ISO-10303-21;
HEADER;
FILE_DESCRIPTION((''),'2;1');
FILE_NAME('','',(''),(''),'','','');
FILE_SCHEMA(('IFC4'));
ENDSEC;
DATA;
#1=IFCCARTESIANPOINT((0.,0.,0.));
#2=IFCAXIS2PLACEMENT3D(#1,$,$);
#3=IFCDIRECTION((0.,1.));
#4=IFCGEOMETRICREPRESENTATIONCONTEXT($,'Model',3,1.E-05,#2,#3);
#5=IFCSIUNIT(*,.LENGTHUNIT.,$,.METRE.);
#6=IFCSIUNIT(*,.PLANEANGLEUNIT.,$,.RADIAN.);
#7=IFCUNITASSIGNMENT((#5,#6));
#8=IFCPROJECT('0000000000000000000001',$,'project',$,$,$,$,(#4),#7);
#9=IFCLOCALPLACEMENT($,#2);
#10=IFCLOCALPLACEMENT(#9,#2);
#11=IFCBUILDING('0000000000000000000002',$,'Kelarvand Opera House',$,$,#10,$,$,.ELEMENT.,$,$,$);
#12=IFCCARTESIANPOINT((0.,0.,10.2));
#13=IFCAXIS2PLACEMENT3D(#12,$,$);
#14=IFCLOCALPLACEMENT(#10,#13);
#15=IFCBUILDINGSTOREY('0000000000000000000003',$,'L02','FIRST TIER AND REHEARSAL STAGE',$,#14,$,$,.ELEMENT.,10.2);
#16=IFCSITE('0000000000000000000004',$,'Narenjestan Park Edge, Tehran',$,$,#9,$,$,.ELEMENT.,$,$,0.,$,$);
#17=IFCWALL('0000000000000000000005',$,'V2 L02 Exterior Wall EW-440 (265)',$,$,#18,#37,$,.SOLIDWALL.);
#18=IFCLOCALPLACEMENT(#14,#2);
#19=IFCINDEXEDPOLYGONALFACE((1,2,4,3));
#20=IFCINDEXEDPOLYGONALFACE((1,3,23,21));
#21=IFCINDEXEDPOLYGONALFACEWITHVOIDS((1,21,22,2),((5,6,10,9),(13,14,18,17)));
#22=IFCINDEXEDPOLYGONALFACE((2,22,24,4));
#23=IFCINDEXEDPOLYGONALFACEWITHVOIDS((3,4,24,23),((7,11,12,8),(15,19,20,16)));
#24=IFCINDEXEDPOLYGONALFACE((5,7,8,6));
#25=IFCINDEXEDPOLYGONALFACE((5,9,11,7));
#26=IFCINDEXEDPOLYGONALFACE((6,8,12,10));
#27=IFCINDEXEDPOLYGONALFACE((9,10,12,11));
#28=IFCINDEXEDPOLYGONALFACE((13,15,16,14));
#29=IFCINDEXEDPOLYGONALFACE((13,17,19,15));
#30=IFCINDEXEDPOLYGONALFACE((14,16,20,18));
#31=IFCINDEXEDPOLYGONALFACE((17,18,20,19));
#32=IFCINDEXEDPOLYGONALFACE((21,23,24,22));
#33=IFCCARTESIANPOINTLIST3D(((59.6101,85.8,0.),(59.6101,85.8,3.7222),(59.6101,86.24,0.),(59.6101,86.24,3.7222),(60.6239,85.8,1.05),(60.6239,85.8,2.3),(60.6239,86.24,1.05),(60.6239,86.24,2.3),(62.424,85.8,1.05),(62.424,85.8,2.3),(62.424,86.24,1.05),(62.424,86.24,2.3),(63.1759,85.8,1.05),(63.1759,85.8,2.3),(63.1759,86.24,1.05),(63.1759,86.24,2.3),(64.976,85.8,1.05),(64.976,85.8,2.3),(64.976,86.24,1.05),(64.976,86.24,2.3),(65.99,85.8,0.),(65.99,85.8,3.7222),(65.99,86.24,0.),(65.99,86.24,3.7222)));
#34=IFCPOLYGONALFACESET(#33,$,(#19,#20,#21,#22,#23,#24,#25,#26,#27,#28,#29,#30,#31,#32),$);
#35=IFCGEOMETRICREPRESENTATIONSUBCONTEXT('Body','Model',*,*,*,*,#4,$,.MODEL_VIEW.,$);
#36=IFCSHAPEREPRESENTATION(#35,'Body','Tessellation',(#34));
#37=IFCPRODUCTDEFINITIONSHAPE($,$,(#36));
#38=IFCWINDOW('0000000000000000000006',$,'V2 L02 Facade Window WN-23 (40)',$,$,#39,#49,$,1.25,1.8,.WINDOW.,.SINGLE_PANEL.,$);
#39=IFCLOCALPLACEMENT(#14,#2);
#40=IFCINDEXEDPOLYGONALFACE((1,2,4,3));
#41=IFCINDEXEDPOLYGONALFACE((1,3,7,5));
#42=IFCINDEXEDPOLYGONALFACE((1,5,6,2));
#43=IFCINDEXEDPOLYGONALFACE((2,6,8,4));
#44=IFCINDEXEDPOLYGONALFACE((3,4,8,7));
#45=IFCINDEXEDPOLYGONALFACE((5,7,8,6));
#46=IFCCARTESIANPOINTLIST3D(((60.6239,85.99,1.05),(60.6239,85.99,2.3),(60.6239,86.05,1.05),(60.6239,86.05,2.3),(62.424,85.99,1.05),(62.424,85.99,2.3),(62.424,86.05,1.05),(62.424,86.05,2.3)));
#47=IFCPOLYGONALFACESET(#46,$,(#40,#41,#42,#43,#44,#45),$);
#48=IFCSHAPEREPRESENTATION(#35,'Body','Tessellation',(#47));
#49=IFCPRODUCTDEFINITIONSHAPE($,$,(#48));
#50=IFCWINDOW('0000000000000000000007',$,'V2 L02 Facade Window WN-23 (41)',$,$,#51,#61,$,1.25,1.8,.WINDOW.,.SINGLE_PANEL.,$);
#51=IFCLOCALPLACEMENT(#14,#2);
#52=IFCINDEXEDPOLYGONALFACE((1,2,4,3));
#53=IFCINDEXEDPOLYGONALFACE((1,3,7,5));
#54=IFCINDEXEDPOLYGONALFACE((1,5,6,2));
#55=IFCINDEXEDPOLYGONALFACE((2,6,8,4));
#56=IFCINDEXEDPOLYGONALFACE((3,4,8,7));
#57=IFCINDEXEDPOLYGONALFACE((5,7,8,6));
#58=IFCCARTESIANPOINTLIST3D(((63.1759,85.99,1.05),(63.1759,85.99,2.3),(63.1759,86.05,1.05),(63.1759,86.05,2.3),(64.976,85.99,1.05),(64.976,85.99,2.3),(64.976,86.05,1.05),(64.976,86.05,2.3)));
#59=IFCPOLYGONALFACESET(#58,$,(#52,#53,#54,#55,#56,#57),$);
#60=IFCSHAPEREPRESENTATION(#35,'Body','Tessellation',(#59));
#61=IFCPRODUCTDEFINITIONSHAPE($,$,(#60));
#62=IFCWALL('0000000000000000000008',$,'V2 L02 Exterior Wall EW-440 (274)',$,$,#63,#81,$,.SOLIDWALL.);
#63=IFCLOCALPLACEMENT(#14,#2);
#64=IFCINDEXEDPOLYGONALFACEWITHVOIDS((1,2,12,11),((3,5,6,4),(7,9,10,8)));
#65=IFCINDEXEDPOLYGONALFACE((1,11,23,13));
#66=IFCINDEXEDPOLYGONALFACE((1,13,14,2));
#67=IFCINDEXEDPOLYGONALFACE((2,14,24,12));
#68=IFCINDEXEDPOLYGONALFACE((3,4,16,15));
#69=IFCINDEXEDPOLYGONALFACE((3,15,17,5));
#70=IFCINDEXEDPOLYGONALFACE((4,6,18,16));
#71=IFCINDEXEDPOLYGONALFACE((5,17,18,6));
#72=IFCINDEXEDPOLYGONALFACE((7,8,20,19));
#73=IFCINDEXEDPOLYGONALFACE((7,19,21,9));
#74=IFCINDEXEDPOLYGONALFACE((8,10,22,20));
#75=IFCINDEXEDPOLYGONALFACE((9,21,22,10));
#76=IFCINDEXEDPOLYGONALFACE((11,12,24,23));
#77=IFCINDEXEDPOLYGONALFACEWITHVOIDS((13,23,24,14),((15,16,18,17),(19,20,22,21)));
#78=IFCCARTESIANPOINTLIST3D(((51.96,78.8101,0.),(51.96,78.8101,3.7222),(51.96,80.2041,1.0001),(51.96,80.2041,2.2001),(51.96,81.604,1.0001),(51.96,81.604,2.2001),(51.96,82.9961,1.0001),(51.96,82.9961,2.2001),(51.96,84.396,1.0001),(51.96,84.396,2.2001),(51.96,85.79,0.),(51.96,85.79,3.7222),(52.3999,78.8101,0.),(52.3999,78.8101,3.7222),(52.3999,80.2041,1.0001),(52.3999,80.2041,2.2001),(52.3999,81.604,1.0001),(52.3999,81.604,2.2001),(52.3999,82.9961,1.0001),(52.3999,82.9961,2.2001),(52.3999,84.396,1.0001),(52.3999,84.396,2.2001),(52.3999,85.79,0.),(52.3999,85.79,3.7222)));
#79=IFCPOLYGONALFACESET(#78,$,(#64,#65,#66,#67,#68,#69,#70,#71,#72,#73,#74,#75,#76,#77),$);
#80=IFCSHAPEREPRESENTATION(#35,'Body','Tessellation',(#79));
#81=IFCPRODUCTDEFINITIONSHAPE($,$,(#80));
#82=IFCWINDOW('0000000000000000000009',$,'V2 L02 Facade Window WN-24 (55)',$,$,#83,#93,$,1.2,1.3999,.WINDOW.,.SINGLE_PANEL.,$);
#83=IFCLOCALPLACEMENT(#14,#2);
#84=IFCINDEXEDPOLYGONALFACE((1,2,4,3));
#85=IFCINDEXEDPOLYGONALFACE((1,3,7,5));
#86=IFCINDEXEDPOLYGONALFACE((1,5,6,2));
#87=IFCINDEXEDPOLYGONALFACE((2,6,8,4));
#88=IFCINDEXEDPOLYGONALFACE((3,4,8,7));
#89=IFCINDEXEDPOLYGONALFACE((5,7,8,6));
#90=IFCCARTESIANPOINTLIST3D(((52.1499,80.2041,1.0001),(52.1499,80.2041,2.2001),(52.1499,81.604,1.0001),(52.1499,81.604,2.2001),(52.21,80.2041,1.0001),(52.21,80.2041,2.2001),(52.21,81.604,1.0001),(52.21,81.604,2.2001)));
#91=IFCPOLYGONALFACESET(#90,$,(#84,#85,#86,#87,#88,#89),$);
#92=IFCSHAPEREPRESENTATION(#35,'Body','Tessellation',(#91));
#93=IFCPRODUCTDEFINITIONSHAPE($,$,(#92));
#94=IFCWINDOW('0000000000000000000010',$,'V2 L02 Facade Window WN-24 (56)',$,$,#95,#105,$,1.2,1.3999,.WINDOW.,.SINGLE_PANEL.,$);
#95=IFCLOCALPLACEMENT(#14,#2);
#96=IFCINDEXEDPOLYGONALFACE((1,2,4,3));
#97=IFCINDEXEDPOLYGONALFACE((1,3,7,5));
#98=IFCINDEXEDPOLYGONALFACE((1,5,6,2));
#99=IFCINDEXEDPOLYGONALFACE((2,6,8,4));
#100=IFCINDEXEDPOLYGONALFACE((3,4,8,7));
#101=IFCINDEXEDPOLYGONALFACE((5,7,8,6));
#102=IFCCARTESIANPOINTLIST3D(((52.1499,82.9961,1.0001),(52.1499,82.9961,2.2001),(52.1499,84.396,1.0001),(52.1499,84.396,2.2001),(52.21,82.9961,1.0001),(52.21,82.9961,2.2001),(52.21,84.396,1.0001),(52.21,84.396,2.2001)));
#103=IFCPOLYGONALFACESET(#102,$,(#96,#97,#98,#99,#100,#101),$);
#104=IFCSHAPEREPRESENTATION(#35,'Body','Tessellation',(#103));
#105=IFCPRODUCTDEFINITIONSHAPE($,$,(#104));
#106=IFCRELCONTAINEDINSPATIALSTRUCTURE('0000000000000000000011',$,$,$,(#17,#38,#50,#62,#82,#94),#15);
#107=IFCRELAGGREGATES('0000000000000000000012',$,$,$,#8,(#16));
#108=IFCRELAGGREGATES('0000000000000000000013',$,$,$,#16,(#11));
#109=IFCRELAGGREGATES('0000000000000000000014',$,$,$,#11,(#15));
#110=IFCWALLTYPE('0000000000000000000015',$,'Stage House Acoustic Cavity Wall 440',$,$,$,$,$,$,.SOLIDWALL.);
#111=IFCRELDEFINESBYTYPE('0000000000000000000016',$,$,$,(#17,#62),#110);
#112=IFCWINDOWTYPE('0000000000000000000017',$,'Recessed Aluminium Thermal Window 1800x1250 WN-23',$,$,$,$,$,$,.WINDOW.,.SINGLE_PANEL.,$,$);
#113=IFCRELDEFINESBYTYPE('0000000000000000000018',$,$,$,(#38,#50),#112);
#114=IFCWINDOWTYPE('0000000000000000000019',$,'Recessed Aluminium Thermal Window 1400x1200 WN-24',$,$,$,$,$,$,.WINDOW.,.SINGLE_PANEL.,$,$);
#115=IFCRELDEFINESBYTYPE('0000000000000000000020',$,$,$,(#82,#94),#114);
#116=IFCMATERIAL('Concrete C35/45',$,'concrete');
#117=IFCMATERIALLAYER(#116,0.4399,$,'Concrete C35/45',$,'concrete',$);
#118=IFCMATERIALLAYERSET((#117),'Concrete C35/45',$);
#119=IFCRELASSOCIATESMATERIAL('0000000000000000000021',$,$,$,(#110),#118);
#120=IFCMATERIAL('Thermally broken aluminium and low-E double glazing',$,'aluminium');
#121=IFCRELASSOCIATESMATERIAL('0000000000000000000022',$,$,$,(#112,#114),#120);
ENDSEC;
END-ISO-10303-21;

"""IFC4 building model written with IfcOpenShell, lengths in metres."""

from ifc_helpers import new_model, si_unit, direction, frame, frame_2d, origin, place, context, subcontext, project, spatial, rectangle, extrude, material, layer, layer_set, type_object, element, fill, save


model = new_model("IFC4")

# Units and contexts
model_context = context("Model", 3, precision=1e-05, world=origin(), true_north=direction((0.0, 1.0)))
body_context = subcontext(model_context, "Body", "Model", "MODEL_VIEW")
ifc_project = project(units=[si_unit("LENGTHUNIT", "METRE"), si_unit("PLANEANGLEUNIT", "RADIAN")], contexts=[model_context])

# Site, building, storey
site_placement = place(None, origin())
site = spatial("IfcSite", under=ifc_project, at=site_placement, Name="Narenjestan Park Edge, Tehran", CompositionType="ELEMENT", RefElevation=0.0)
building_placement = place(site_placement, origin())
building = spatial("IfcBuilding", under=site, at=building_placement, Name="Kelarvand Opera House", CompositionType="ELEMENT")
storey_placement = place(building_placement, frame((0.0, 0.0, 10.2)))
storey = spatial("IfcBuildingStorey", under=building, at=storey_placement, Name="L02", Description="FIRST TIER AND REHEARSAL STAGE", CompositionType="ELEMENT", Elevation=10.2)

# Walls, openings, windows
ifc_material_1 = material(Name="Concrete C35/45", Category="concrete")
ifc_layer = layer(ifc_material_1, 0.4399, Name="Concrete C35/45", Category="concrete")
ifc_layer_set = layer_set([ifc_layer], Name="Concrete C35/45")
wall_type = type_object("IfcWallType", Name="Stage House Acoustic Cavity Wall 440", PredefinedType="SOLIDWALL", material=ifc_layer_set)
ifc_material_2 = material(Name="Thermally broken aluminium and low-E double glazing", Category="aluminium")
window_type_1 = type_object("IfcWindowType", Name="Recessed Aluminium Thermal Window 1800x1250 WN-23", PartitioningType="SINGLE_PANEL", PredefinedType="WINDOW", material=ifc_material_2)
wall_1_placement = place(storey_placement, frame((59.6101, 86.02, 0.0), z_axis=(0.0, 0.0, 1.0), x_axis=(1.0, 0.0, 0.0)))
wall_1 = element("IfcWall", 1, at=wall_1_placement, inside=storey, type_object=wall_type, Name="V2 L02 Exterior Wall EW-440 (265)", PredefinedType="SOLIDWALL", context=body_context, shape_type="SweptSolid", body=[
    extrude(rectangle(XDim=6.3799, YDim=0.4399, at=frame_2d((3.1899, 0.0))), origin(), (0.0, 0.0, 1.0), 3.7222),
])
opening_1_placement = place(wall_1_placement, frame((1.0139, 0.0, 1.05)))
opening_1 = element("IfcOpeningElement", 2, at=opening_1_placement, cuts=wall_1, PredefinedType="OPENING", context=body_context, shape_type="SweptSolid", body=[
    extrude(rectangle(XDim=1.8, YDim=1.25, at=frame_2d((0.8999, 0.625))), frame((0.0, 0.23, 0.0), z_axis=(0.0, -1.0, 0.0), x_axis=(1.0, 0.0, 0.0)), (0.0, 0.0, 1.0), 0.46),
])
opening_2_placement = place(wall_1_placement, frame((3.5659, 0.0, 1.05)))
opening_2 = element("IfcOpeningElement", 3, at=opening_2_placement, cuts=wall_1, PredefinedType="OPENING", context=body_context, shape_type="SweptSolid", body=[
    extrude(rectangle(XDim=1.8, YDim=1.25, at=frame_2d((0.8999, 0.625))), frame((0.0, 0.23, 0.0), z_axis=(0.0, -1.0, 0.0), x_axis=(1.0, 0.0, 0.0)), (0.0, 0.0, 1.0), 0.46),
])
window_1_placement = place(opening_1_placement, origin())
window_1 = element("IfcWindow", 4, at=window_1_placement, inside=storey, type_object=window_type_1, Name="V2 L02 Facade Window WN-23 (40)", OverallHeight=1.25, OverallWidth=1.8, PartitioningType="SINGLE_PANEL", PredefinedType="WINDOW", context=body_context, shape_type="SweptSolid", body=[
    extrude(rectangle(XDim=1.8, YDim=1.25, at=frame_2d((0.8999, 0.625))), frame((0.0, 0.03, 0.0), z_axis=(0.0, -1.0, 0.0), x_axis=(1.0, 0.0, 0.0)), (0.0, 0.0, 1.0), 0.0601),
])
fill(opening_1, window_1)
window_2_placement = place(opening_2_placement, origin())
window_2 = element("IfcWindow", 5, at=window_2_placement, inside=storey, type_object=window_type_1, Name="V2 L02 Facade Window WN-23 (41)", OverallHeight=1.25, OverallWidth=1.8, PartitioningType="SINGLE_PANEL", PredefinedType="WINDOW", context=body_context, shape_type="SweptSolid", body=[
    extrude(rectangle(XDim=1.8, YDim=1.25, at=frame_2d((0.8999, 0.625))), frame((0.0, 0.03, 0.0), z_axis=(0.0, -1.0, 0.0), x_axis=(1.0, 0.0, 0.0)), (0.0, 0.0, 1.0), 0.0601),
])
fill(opening_2, window_2)
wall_2_placement = place(storey_placement, frame((52.1799, 78.8101, 0.0), z_axis=(0.0, 0.0, 1.0), x_axis=(0.0, 1.0, 0.0)))
wall_2 = element("IfcWall", 6, at=wall_2_placement, inside=storey, type_object=wall_type, Name="V2 L02 Exterior Wall EW-440 (274)", PredefinedType="SOLIDWALL", context=body_context, shape_type="SweptSolid", body=[
    extrude(rectangle(XDim=6.98, YDim=0.4399, at=frame_2d((3.49, 0.0))), origin(), (0.0, 0.0, 1.0), 3.7222),
])
opening_3_placement = place(wall_2_placement, frame((1.394, 0.0, 1.0)))
opening_3 = element("IfcOpeningElement", 7, at=opening_3_placement, cuts=wall_2, PredefinedType="OPENING", context=body_context, shape_type="SweptSolid", body=[
    extrude(rectangle(XDim=1.3999, YDim=1.2, at=frame_2d((0.7, 0.6001))), frame((0.0, 0.23, 0.0), z_axis=(0.0, -1.0, 0.0), x_axis=(1.0, 0.0, 0.0)), (0.0, 0.0, 1.0), 0.46),
])
opening_4_placement = place(wall_2_placement, frame((4.186, 0.0, 1.0)))
opening_4 = element("IfcOpeningElement", 8, at=opening_4_placement, cuts=wall_2, PredefinedType="OPENING", context=body_context, shape_type="SweptSolid", body=[
    extrude(rectangle(XDim=1.3999, YDim=1.2, at=frame_2d((0.7, 0.6001))), frame((0.0, 0.23, 0.0), z_axis=(0.0, -1.0, 0.0), x_axis=(1.0, 0.0, 0.0)), (0.0, 0.0, 1.0), 0.46),
])
window_type_2 = type_object("IfcWindowType", Name="Recessed Aluminium Thermal Window 1400x1200 WN-24", PartitioningType="SINGLE_PANEL", PredefinedType="WINDOW", material=ifc_material_2)
window_3_placement = place(opening_3_placement, origin())
window_3 = element("IfcWindow", 9, at=window_3_placement, inside=storey, type_object=window_type_2, Name="V2 L02 Facade Window WN-24 (55)", OverallHeight=1.2, OverallWidth=1.3999, PartitioningType="SINGLE_PANEL", PredefinedType="WINDOW", context=body_context, shape_type="SweptSolid", body=[
    extrude(rectangle(XDim=1.3999, YDim=1.2, at=frame_2d((0.7, 0.6001))), frame((0.0, 0.03, 0.0), z_axis=(0.0, -1.0, 0.0), x_axis=(1.0, 0.0, 0.0)), (0.0, 0.0, 1.0), 0.0601),
])
fill(opening_3, window_3)
window_4_placement = place(opening_4_placement, origin())
window_4 = element("IfcWindow", 10, at=window_4_placement, inside=storey, type_object=window_type_2, Name="V2 L02 Facade Window WN-24 (56)", OverallHeight=1.2, OverallWidth=1.3999, PartitioningType="SINGLE_PANEL", PredefinedType="WINDOW", context=body_context, shape_type="SweptSolid", body=[
    extrude(rectangle(XDim=1.3999, YDim=1.2, at=frame_2d((0.7, 0.6001))), frame((0.0, 0.03, 0.0), z_axis=(0.0, -1.0, 0.0), x_axis=(1.0, 0.0, 0.0)), (0.0, 0.0, 1.0), 0.0601),
])
fill(opening_4, window_4)

save(model, "model.ifc")
